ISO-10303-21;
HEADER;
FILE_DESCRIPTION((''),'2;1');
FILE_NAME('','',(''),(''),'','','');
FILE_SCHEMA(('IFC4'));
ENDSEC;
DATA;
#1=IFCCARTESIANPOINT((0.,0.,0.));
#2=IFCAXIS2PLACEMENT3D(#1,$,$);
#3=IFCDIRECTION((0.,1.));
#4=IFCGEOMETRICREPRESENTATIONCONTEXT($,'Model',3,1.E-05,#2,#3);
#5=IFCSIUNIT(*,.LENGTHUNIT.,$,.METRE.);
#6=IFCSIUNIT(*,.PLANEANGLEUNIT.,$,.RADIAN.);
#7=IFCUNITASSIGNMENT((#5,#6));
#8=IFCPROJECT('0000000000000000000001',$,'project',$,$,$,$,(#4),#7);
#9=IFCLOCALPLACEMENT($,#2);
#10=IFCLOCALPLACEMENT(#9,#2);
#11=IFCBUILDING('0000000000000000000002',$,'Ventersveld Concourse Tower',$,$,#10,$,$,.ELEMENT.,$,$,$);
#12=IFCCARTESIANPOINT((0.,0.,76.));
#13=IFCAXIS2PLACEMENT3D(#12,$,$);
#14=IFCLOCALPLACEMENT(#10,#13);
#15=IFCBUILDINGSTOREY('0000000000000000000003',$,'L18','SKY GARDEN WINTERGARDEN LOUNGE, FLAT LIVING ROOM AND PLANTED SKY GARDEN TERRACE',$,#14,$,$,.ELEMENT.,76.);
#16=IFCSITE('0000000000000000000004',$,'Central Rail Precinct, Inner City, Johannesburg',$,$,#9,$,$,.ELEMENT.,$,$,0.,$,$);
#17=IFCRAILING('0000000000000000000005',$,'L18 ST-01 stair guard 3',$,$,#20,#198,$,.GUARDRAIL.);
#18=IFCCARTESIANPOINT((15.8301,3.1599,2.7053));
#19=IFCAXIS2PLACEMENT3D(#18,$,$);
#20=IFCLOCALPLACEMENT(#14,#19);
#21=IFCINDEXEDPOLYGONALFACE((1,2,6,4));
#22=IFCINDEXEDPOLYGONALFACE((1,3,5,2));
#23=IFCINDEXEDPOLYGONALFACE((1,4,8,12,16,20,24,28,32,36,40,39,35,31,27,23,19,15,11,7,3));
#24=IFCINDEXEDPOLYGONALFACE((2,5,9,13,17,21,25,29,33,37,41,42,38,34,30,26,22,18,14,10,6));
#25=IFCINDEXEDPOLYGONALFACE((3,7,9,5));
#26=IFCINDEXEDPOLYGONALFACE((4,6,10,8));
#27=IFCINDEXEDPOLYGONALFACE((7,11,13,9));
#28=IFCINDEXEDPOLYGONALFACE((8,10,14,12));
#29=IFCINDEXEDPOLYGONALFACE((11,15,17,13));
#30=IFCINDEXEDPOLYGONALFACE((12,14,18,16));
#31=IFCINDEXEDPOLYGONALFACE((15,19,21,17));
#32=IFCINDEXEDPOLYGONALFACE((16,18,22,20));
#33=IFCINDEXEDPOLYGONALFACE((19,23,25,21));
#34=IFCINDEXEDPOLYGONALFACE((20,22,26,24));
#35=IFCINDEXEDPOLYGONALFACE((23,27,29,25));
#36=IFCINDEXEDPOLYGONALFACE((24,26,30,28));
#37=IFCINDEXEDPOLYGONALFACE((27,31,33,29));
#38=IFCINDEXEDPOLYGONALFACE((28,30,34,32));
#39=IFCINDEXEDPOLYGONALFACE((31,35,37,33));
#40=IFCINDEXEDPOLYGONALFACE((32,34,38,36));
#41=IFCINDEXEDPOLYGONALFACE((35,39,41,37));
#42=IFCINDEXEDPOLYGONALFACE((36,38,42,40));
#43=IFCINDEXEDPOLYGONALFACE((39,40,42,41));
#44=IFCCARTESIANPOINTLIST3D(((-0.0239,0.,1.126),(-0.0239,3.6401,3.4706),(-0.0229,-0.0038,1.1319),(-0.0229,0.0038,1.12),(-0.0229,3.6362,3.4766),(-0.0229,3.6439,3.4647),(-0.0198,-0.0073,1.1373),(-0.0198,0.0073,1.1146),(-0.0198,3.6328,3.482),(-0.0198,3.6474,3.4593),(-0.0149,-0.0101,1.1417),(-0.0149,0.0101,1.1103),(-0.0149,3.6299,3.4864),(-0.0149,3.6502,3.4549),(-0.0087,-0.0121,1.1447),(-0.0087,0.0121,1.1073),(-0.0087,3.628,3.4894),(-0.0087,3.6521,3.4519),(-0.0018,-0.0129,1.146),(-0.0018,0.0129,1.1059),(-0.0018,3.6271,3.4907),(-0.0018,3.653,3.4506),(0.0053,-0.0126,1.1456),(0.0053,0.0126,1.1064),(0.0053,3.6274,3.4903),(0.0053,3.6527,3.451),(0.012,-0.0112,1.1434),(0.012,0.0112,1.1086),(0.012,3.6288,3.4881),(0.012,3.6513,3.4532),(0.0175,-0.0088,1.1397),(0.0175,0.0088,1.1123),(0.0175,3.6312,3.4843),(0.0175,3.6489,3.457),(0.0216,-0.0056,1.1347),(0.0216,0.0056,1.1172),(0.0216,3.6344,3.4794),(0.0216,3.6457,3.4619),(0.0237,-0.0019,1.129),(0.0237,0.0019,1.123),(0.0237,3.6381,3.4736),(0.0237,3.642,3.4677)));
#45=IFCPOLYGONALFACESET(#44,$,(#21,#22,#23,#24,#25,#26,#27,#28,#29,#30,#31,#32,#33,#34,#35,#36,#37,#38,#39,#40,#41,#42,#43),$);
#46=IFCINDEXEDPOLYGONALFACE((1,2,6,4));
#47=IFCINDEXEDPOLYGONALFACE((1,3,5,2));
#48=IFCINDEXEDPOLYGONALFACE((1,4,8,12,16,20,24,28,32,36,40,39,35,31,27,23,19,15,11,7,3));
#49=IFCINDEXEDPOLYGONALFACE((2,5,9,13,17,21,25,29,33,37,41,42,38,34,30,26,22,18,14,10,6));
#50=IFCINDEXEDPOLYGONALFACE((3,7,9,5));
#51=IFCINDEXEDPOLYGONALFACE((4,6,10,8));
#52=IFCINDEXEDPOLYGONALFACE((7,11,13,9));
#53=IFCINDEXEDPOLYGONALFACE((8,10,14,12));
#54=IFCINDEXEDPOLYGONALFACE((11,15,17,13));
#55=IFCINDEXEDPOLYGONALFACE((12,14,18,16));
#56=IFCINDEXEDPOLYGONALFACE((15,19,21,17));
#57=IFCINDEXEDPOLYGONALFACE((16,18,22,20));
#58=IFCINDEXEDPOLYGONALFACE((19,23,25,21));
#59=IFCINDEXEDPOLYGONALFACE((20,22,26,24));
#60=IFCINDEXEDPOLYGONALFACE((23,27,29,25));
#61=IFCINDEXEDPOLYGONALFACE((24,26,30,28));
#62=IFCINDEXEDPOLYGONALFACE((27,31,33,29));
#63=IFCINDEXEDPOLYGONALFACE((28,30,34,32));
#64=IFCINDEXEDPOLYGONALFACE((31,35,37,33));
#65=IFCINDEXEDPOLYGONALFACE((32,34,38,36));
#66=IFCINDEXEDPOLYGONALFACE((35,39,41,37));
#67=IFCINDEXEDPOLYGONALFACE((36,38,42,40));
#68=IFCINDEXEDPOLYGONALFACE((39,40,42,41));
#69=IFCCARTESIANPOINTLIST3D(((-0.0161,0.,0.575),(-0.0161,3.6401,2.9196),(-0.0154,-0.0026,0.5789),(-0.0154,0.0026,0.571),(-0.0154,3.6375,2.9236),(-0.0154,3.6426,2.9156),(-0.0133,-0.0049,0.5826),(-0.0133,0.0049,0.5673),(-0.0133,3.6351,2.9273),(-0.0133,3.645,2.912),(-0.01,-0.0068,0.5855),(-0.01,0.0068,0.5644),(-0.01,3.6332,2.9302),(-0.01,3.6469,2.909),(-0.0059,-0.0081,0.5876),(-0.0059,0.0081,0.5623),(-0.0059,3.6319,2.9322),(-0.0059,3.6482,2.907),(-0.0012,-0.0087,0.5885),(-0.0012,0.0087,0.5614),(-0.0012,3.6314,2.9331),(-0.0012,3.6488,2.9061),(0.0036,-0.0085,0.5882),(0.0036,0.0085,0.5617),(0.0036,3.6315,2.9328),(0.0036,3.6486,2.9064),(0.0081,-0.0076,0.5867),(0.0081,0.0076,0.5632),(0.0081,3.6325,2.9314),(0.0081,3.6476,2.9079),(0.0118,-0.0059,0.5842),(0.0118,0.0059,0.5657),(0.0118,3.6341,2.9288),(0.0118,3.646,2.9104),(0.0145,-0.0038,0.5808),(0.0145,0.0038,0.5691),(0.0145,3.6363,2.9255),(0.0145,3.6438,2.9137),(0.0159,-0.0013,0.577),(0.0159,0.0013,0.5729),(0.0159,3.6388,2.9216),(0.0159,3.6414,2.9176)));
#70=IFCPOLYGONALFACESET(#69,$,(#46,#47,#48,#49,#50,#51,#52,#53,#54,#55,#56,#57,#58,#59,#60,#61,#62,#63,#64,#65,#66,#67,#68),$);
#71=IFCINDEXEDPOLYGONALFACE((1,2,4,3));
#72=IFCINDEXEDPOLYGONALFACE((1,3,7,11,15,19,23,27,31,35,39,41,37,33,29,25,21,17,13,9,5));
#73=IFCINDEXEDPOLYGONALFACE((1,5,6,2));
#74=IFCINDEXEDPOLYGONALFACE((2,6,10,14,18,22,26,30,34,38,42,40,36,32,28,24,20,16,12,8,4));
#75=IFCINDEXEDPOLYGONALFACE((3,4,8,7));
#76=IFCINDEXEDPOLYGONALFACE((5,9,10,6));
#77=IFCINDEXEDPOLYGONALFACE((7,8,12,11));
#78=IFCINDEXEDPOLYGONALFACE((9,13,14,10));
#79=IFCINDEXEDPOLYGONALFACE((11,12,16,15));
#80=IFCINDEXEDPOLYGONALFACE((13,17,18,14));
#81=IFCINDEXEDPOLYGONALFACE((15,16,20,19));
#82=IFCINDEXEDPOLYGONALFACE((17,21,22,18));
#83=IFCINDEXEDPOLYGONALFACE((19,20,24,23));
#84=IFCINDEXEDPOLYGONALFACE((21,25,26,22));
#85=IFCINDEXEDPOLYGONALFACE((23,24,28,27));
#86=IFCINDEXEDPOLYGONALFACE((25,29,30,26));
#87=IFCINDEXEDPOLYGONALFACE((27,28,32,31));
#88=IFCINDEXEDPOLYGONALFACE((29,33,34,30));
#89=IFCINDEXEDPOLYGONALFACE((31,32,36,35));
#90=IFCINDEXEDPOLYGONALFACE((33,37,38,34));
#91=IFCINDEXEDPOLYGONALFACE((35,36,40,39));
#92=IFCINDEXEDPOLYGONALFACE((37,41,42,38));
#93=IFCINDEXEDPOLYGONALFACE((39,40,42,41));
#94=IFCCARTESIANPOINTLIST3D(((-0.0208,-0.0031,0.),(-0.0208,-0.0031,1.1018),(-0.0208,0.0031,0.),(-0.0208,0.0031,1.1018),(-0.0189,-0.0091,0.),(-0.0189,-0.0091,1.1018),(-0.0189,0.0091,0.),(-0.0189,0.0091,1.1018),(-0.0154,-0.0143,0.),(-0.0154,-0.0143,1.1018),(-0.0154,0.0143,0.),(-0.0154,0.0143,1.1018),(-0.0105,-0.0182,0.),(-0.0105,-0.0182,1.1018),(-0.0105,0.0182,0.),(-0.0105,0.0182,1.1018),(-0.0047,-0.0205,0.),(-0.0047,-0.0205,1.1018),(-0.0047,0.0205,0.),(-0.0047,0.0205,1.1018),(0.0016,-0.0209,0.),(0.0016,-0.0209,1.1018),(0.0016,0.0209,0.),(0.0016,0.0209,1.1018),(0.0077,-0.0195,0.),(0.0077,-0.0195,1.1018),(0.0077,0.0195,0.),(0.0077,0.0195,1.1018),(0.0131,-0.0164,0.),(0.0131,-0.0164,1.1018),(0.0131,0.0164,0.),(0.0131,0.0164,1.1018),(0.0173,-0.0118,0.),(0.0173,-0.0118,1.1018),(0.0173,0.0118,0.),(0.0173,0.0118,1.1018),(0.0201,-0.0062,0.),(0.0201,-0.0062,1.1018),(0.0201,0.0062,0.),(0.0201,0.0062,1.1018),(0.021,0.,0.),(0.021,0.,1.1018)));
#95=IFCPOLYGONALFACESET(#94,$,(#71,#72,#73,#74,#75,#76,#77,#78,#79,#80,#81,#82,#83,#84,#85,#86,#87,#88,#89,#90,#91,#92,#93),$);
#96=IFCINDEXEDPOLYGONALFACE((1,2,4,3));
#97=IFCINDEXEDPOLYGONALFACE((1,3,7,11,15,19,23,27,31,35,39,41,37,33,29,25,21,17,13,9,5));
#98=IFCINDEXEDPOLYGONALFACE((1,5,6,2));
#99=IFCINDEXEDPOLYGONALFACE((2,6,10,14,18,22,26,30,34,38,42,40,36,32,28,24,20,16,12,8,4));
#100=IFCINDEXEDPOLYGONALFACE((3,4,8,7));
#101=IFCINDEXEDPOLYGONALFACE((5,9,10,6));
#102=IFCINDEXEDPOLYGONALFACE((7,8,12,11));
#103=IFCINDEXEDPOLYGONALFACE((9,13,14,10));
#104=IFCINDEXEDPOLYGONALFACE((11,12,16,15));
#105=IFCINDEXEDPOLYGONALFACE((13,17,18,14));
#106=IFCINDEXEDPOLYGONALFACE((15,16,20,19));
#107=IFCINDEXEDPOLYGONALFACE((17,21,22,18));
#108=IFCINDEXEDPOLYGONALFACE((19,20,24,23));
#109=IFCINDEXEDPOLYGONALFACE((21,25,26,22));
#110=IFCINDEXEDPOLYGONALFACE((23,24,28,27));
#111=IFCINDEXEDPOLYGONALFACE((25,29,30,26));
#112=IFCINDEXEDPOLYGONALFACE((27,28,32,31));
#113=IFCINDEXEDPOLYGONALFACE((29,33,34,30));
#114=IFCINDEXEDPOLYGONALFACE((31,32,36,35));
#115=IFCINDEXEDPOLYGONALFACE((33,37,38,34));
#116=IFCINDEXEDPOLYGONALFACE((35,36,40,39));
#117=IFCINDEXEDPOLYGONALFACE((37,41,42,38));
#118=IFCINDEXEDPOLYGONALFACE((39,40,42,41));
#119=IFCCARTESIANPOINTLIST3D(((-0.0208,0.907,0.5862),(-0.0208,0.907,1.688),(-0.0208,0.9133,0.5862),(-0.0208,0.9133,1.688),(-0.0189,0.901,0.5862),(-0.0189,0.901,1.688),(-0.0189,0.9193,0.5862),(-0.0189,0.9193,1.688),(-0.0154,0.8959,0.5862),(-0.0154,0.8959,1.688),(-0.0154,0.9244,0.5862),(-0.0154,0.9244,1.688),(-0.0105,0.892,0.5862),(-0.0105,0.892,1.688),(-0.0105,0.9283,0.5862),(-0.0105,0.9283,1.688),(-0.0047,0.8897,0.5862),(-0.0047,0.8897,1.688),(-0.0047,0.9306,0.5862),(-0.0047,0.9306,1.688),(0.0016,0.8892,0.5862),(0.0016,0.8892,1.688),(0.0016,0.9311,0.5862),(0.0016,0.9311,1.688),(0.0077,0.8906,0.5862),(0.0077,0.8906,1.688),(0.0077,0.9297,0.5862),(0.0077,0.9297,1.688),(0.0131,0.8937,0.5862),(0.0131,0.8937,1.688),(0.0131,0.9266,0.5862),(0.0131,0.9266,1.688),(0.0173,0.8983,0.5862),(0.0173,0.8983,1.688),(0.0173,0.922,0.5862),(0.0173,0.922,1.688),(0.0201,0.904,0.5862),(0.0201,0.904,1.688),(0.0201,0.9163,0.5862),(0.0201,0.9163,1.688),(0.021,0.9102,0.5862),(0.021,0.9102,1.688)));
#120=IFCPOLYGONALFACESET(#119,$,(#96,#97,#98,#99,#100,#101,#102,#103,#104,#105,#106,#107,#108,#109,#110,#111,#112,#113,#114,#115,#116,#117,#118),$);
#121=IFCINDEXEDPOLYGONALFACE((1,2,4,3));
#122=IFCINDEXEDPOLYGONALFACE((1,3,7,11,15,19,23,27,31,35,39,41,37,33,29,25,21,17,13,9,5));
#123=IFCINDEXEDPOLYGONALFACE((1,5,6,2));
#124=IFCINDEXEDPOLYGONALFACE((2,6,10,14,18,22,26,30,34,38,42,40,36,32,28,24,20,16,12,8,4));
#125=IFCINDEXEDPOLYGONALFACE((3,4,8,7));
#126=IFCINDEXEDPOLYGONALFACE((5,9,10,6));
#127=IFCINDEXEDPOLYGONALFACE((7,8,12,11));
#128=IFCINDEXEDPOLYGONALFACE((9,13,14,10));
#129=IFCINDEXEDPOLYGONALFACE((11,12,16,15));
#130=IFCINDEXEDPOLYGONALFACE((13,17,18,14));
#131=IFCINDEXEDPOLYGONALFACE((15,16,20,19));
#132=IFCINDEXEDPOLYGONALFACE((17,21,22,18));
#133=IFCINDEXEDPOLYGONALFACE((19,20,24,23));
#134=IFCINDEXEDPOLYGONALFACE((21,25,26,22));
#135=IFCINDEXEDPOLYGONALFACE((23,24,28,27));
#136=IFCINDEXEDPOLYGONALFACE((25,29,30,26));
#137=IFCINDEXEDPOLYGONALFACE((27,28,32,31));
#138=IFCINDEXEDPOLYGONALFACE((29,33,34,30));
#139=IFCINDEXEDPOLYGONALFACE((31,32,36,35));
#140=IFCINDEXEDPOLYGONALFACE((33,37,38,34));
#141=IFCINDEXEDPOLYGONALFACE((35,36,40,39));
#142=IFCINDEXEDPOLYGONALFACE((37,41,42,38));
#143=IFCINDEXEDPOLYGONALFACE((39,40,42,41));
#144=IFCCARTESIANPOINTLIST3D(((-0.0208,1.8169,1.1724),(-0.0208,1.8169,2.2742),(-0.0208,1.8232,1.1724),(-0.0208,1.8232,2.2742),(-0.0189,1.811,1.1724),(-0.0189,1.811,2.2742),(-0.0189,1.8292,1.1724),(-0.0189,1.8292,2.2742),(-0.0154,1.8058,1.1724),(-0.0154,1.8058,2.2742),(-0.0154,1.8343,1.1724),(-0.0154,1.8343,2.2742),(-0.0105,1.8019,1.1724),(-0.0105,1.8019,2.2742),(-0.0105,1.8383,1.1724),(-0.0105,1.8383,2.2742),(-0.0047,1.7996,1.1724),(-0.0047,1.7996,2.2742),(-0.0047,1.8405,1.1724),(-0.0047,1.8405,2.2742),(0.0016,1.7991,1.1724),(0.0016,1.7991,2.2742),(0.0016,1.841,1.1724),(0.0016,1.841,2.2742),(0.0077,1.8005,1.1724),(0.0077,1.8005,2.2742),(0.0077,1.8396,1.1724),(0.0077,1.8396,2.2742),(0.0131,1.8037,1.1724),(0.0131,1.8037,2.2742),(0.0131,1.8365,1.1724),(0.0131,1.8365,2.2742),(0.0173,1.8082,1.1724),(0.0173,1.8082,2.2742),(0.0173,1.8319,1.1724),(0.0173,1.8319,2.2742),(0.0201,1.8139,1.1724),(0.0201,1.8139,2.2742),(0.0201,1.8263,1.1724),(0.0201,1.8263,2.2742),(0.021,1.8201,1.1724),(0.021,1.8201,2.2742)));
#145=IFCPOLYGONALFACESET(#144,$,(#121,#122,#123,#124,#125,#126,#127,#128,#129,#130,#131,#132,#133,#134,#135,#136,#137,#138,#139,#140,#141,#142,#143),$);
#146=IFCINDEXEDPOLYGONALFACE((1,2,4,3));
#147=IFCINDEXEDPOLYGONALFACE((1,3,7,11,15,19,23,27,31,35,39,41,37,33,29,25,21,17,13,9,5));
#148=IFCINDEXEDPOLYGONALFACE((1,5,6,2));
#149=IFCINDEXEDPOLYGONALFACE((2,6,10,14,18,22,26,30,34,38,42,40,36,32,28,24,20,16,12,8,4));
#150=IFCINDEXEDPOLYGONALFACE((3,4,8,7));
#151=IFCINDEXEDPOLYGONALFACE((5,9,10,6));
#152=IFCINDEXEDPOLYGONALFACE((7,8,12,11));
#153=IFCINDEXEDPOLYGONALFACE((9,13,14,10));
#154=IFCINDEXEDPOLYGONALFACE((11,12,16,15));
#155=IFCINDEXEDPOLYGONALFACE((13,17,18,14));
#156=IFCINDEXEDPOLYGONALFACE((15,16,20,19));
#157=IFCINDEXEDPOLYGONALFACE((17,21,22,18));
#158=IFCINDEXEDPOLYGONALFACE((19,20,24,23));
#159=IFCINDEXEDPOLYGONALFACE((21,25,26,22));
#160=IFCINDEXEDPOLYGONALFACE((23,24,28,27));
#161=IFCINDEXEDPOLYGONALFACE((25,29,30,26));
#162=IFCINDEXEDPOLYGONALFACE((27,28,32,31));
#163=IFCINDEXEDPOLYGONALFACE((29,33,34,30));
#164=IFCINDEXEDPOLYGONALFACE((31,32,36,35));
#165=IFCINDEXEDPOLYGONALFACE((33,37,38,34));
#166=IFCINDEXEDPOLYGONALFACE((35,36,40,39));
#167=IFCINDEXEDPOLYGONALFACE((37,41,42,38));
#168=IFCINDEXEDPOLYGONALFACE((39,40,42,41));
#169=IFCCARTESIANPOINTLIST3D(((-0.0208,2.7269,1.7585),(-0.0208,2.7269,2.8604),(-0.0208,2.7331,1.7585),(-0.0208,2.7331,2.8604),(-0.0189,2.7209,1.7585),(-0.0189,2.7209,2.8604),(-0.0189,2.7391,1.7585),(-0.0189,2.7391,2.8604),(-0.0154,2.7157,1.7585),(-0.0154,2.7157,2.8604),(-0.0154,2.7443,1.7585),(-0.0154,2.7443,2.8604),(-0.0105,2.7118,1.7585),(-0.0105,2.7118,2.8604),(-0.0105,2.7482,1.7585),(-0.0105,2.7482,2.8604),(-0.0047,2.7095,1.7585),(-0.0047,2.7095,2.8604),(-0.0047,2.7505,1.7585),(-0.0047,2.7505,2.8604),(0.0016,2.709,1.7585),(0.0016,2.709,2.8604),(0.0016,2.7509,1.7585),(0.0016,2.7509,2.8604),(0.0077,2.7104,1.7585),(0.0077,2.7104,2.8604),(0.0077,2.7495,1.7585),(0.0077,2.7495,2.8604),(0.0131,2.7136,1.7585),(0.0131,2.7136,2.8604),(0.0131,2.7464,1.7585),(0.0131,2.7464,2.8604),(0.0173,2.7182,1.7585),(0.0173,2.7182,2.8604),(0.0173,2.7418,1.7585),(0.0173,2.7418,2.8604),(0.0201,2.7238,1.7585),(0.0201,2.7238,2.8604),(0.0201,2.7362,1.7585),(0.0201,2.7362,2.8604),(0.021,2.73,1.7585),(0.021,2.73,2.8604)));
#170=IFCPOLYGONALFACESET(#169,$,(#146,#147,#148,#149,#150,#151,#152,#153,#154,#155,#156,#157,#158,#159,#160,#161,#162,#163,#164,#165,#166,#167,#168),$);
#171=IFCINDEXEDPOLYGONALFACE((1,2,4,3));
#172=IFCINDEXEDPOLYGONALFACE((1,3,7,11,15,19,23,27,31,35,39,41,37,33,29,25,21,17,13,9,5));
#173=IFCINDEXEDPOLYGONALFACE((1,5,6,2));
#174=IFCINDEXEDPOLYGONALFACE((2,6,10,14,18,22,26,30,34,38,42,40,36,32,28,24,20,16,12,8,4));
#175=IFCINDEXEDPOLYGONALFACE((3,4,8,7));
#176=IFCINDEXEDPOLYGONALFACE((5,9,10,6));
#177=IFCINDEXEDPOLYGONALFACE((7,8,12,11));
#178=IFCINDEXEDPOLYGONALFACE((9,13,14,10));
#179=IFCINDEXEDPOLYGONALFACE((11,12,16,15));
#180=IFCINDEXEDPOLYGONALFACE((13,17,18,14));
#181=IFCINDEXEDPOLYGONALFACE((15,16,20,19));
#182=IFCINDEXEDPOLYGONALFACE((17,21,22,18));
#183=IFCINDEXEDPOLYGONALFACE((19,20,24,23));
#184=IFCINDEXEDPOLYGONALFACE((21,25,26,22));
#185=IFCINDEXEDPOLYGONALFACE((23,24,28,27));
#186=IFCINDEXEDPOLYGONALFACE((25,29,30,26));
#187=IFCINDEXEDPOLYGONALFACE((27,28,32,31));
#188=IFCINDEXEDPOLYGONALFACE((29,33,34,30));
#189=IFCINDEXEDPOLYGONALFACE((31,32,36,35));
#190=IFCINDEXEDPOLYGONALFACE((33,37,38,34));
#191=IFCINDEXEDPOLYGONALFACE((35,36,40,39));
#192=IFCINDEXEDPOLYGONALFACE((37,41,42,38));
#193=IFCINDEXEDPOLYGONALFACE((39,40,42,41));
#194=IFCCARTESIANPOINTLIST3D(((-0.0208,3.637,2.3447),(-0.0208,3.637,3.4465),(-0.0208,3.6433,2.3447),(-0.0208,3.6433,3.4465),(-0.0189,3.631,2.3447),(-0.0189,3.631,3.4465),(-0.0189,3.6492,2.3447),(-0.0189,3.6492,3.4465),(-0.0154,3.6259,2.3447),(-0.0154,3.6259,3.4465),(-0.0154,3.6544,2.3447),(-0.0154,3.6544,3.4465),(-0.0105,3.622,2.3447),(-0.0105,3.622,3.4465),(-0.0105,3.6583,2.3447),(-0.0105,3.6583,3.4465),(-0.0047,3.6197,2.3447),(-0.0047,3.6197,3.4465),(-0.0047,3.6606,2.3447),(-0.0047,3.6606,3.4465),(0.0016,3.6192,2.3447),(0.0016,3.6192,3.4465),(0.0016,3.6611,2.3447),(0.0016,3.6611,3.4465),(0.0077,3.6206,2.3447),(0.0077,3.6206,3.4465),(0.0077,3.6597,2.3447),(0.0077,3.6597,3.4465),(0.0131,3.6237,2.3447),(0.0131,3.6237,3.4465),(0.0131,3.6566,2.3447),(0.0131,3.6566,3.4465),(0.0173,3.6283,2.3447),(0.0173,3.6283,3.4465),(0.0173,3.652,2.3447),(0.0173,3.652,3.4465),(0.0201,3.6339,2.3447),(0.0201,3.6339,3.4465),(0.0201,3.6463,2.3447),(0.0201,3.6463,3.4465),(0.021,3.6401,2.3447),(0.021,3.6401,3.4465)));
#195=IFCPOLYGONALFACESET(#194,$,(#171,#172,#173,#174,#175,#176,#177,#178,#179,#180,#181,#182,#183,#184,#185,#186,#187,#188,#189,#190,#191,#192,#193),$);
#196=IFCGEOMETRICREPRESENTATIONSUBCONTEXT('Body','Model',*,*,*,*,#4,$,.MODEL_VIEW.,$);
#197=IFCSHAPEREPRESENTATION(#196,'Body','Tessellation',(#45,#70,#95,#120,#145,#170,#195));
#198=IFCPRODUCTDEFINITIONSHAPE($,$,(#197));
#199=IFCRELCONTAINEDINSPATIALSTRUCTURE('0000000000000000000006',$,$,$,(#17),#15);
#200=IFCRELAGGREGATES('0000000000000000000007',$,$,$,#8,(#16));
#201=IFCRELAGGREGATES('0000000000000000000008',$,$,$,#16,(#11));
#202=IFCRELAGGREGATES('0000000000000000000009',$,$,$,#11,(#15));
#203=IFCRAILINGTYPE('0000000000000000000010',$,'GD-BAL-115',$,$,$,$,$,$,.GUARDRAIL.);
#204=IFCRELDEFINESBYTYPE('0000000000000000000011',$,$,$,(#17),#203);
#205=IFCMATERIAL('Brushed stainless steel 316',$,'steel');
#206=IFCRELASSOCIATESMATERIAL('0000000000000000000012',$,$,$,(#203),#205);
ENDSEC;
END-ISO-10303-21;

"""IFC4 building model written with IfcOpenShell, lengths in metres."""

from ifc_helpers import new_model, si_unit, direction, frame, origin, origin_2d, place, context, subcontext, project, spatial, circle, extrude, material, type_object, element, save


model = new_model("IFC4")

# Units and contexts
model_context = context("Model", 3, precision=1e-05, world=origin(), true_north=direction((0.0, 1.0)))
body_context = subcontext(model_context, "Body", "Model", "MODEL_VIEW")
ifc_project = project(units=[si_unit("LENGTHUNIT", "METRE"), si_unit("PLANEANGLEUNIT", "RADIAN")], contexts=[model_context])

# Site, building, storey
site_placement = place(None, origin())
site = spatial("IfcSite", under=ifc_project, at=site_placement, Name="Central Rail Precinct, Inner City, Johannesburg", CompositionType="ELEMENT", RefElevation=0.0)
building_placement = place(site_placement, origin())
building = spatial("IfcBuilding", under=site, at=building_placement, Name="Ventersveld Concourse Tower", CompositionType="ELEMENT")
storey_placement = place(building_placement, frame((0.0, 0.0, 76.0)))
storey = spatial("IfcBuildingStorey", under=building, at=storey_placement, Name="L18", Description="SKY GARDEN WINTERGARDEN LOUNGE, FLAT LIVING ROOM AND PLANTED SKY GARDEN TERRACE", CompositionType="ELEMENT", Elevation=76.0)

# Shared definitions
ifc_material_1 = material(Name="Brushed stainless steel 316", Category="steel")

# Railing
railing_type_1 = type_object("IfcRailingType", Name="GD-BAL-115", PredefinedType="GUARDRAIL", material=ifc_material_1)
railing_1_placement = place(storey_placement, frame((15.8301, 3.1599, 2.7053)))
element("IfcRailing", 1, at=railing_1_placement, inside=storey, type_object=railing_type_1, Name="L18 ST-01 stair guard 3", PredefinedType="GUARDRAIL", context=body_context, shape_type="SweptSolid", body=[
    extrude(circle(Radius=0.0239, at=origin_2d()), frame((0.0, 0.0, 1.126), z_axis=(0.0, 0.840691, 0.541515), x_axis=(-1.0, 0.0, 0.0)), (0.0, 0.0, 1.0), 4.3298),
    extrude(circle(Radius=0.0161, at=origin_2d()), frame((0.0, 0.0, 0.575), z_axis=(0.0, 0.840691, 0.541515), x_axis=(-1.0, 0.0, 0.0)), (0.0, 0.0, 1.0), 4.3298),
    extrude(circle(Radius=0.021, at=origin_2d()), origin(), (0.0, 0.0, 1.0), 1.1018),
    extrude(circle(Radius=0.021, at=origin_2d()), frame((0.0, 0.9102, 0.5862)), (0.0, 0.0, 1.0), 1.1018),
    extrude(circle(Radius=0.021, at=origin_2d()), frame((0.0, 1.8201, 1.1724)), (0.0, 0.0, 1.0), 1.1018),
    extrude(circle(Radius=0.021, at=origin_2d()), frame((0.0, 2.73, 1.7585)), (0.0, 0.0, 1.0), 1.1018),
    extrude(circle(Radius=0.021, at=origin_2d()), frame((0.0, 3.6401, 2.3447)), (0.0, 0.0, 1.0), 1.1018),
])

save(model, "model.ifc")
